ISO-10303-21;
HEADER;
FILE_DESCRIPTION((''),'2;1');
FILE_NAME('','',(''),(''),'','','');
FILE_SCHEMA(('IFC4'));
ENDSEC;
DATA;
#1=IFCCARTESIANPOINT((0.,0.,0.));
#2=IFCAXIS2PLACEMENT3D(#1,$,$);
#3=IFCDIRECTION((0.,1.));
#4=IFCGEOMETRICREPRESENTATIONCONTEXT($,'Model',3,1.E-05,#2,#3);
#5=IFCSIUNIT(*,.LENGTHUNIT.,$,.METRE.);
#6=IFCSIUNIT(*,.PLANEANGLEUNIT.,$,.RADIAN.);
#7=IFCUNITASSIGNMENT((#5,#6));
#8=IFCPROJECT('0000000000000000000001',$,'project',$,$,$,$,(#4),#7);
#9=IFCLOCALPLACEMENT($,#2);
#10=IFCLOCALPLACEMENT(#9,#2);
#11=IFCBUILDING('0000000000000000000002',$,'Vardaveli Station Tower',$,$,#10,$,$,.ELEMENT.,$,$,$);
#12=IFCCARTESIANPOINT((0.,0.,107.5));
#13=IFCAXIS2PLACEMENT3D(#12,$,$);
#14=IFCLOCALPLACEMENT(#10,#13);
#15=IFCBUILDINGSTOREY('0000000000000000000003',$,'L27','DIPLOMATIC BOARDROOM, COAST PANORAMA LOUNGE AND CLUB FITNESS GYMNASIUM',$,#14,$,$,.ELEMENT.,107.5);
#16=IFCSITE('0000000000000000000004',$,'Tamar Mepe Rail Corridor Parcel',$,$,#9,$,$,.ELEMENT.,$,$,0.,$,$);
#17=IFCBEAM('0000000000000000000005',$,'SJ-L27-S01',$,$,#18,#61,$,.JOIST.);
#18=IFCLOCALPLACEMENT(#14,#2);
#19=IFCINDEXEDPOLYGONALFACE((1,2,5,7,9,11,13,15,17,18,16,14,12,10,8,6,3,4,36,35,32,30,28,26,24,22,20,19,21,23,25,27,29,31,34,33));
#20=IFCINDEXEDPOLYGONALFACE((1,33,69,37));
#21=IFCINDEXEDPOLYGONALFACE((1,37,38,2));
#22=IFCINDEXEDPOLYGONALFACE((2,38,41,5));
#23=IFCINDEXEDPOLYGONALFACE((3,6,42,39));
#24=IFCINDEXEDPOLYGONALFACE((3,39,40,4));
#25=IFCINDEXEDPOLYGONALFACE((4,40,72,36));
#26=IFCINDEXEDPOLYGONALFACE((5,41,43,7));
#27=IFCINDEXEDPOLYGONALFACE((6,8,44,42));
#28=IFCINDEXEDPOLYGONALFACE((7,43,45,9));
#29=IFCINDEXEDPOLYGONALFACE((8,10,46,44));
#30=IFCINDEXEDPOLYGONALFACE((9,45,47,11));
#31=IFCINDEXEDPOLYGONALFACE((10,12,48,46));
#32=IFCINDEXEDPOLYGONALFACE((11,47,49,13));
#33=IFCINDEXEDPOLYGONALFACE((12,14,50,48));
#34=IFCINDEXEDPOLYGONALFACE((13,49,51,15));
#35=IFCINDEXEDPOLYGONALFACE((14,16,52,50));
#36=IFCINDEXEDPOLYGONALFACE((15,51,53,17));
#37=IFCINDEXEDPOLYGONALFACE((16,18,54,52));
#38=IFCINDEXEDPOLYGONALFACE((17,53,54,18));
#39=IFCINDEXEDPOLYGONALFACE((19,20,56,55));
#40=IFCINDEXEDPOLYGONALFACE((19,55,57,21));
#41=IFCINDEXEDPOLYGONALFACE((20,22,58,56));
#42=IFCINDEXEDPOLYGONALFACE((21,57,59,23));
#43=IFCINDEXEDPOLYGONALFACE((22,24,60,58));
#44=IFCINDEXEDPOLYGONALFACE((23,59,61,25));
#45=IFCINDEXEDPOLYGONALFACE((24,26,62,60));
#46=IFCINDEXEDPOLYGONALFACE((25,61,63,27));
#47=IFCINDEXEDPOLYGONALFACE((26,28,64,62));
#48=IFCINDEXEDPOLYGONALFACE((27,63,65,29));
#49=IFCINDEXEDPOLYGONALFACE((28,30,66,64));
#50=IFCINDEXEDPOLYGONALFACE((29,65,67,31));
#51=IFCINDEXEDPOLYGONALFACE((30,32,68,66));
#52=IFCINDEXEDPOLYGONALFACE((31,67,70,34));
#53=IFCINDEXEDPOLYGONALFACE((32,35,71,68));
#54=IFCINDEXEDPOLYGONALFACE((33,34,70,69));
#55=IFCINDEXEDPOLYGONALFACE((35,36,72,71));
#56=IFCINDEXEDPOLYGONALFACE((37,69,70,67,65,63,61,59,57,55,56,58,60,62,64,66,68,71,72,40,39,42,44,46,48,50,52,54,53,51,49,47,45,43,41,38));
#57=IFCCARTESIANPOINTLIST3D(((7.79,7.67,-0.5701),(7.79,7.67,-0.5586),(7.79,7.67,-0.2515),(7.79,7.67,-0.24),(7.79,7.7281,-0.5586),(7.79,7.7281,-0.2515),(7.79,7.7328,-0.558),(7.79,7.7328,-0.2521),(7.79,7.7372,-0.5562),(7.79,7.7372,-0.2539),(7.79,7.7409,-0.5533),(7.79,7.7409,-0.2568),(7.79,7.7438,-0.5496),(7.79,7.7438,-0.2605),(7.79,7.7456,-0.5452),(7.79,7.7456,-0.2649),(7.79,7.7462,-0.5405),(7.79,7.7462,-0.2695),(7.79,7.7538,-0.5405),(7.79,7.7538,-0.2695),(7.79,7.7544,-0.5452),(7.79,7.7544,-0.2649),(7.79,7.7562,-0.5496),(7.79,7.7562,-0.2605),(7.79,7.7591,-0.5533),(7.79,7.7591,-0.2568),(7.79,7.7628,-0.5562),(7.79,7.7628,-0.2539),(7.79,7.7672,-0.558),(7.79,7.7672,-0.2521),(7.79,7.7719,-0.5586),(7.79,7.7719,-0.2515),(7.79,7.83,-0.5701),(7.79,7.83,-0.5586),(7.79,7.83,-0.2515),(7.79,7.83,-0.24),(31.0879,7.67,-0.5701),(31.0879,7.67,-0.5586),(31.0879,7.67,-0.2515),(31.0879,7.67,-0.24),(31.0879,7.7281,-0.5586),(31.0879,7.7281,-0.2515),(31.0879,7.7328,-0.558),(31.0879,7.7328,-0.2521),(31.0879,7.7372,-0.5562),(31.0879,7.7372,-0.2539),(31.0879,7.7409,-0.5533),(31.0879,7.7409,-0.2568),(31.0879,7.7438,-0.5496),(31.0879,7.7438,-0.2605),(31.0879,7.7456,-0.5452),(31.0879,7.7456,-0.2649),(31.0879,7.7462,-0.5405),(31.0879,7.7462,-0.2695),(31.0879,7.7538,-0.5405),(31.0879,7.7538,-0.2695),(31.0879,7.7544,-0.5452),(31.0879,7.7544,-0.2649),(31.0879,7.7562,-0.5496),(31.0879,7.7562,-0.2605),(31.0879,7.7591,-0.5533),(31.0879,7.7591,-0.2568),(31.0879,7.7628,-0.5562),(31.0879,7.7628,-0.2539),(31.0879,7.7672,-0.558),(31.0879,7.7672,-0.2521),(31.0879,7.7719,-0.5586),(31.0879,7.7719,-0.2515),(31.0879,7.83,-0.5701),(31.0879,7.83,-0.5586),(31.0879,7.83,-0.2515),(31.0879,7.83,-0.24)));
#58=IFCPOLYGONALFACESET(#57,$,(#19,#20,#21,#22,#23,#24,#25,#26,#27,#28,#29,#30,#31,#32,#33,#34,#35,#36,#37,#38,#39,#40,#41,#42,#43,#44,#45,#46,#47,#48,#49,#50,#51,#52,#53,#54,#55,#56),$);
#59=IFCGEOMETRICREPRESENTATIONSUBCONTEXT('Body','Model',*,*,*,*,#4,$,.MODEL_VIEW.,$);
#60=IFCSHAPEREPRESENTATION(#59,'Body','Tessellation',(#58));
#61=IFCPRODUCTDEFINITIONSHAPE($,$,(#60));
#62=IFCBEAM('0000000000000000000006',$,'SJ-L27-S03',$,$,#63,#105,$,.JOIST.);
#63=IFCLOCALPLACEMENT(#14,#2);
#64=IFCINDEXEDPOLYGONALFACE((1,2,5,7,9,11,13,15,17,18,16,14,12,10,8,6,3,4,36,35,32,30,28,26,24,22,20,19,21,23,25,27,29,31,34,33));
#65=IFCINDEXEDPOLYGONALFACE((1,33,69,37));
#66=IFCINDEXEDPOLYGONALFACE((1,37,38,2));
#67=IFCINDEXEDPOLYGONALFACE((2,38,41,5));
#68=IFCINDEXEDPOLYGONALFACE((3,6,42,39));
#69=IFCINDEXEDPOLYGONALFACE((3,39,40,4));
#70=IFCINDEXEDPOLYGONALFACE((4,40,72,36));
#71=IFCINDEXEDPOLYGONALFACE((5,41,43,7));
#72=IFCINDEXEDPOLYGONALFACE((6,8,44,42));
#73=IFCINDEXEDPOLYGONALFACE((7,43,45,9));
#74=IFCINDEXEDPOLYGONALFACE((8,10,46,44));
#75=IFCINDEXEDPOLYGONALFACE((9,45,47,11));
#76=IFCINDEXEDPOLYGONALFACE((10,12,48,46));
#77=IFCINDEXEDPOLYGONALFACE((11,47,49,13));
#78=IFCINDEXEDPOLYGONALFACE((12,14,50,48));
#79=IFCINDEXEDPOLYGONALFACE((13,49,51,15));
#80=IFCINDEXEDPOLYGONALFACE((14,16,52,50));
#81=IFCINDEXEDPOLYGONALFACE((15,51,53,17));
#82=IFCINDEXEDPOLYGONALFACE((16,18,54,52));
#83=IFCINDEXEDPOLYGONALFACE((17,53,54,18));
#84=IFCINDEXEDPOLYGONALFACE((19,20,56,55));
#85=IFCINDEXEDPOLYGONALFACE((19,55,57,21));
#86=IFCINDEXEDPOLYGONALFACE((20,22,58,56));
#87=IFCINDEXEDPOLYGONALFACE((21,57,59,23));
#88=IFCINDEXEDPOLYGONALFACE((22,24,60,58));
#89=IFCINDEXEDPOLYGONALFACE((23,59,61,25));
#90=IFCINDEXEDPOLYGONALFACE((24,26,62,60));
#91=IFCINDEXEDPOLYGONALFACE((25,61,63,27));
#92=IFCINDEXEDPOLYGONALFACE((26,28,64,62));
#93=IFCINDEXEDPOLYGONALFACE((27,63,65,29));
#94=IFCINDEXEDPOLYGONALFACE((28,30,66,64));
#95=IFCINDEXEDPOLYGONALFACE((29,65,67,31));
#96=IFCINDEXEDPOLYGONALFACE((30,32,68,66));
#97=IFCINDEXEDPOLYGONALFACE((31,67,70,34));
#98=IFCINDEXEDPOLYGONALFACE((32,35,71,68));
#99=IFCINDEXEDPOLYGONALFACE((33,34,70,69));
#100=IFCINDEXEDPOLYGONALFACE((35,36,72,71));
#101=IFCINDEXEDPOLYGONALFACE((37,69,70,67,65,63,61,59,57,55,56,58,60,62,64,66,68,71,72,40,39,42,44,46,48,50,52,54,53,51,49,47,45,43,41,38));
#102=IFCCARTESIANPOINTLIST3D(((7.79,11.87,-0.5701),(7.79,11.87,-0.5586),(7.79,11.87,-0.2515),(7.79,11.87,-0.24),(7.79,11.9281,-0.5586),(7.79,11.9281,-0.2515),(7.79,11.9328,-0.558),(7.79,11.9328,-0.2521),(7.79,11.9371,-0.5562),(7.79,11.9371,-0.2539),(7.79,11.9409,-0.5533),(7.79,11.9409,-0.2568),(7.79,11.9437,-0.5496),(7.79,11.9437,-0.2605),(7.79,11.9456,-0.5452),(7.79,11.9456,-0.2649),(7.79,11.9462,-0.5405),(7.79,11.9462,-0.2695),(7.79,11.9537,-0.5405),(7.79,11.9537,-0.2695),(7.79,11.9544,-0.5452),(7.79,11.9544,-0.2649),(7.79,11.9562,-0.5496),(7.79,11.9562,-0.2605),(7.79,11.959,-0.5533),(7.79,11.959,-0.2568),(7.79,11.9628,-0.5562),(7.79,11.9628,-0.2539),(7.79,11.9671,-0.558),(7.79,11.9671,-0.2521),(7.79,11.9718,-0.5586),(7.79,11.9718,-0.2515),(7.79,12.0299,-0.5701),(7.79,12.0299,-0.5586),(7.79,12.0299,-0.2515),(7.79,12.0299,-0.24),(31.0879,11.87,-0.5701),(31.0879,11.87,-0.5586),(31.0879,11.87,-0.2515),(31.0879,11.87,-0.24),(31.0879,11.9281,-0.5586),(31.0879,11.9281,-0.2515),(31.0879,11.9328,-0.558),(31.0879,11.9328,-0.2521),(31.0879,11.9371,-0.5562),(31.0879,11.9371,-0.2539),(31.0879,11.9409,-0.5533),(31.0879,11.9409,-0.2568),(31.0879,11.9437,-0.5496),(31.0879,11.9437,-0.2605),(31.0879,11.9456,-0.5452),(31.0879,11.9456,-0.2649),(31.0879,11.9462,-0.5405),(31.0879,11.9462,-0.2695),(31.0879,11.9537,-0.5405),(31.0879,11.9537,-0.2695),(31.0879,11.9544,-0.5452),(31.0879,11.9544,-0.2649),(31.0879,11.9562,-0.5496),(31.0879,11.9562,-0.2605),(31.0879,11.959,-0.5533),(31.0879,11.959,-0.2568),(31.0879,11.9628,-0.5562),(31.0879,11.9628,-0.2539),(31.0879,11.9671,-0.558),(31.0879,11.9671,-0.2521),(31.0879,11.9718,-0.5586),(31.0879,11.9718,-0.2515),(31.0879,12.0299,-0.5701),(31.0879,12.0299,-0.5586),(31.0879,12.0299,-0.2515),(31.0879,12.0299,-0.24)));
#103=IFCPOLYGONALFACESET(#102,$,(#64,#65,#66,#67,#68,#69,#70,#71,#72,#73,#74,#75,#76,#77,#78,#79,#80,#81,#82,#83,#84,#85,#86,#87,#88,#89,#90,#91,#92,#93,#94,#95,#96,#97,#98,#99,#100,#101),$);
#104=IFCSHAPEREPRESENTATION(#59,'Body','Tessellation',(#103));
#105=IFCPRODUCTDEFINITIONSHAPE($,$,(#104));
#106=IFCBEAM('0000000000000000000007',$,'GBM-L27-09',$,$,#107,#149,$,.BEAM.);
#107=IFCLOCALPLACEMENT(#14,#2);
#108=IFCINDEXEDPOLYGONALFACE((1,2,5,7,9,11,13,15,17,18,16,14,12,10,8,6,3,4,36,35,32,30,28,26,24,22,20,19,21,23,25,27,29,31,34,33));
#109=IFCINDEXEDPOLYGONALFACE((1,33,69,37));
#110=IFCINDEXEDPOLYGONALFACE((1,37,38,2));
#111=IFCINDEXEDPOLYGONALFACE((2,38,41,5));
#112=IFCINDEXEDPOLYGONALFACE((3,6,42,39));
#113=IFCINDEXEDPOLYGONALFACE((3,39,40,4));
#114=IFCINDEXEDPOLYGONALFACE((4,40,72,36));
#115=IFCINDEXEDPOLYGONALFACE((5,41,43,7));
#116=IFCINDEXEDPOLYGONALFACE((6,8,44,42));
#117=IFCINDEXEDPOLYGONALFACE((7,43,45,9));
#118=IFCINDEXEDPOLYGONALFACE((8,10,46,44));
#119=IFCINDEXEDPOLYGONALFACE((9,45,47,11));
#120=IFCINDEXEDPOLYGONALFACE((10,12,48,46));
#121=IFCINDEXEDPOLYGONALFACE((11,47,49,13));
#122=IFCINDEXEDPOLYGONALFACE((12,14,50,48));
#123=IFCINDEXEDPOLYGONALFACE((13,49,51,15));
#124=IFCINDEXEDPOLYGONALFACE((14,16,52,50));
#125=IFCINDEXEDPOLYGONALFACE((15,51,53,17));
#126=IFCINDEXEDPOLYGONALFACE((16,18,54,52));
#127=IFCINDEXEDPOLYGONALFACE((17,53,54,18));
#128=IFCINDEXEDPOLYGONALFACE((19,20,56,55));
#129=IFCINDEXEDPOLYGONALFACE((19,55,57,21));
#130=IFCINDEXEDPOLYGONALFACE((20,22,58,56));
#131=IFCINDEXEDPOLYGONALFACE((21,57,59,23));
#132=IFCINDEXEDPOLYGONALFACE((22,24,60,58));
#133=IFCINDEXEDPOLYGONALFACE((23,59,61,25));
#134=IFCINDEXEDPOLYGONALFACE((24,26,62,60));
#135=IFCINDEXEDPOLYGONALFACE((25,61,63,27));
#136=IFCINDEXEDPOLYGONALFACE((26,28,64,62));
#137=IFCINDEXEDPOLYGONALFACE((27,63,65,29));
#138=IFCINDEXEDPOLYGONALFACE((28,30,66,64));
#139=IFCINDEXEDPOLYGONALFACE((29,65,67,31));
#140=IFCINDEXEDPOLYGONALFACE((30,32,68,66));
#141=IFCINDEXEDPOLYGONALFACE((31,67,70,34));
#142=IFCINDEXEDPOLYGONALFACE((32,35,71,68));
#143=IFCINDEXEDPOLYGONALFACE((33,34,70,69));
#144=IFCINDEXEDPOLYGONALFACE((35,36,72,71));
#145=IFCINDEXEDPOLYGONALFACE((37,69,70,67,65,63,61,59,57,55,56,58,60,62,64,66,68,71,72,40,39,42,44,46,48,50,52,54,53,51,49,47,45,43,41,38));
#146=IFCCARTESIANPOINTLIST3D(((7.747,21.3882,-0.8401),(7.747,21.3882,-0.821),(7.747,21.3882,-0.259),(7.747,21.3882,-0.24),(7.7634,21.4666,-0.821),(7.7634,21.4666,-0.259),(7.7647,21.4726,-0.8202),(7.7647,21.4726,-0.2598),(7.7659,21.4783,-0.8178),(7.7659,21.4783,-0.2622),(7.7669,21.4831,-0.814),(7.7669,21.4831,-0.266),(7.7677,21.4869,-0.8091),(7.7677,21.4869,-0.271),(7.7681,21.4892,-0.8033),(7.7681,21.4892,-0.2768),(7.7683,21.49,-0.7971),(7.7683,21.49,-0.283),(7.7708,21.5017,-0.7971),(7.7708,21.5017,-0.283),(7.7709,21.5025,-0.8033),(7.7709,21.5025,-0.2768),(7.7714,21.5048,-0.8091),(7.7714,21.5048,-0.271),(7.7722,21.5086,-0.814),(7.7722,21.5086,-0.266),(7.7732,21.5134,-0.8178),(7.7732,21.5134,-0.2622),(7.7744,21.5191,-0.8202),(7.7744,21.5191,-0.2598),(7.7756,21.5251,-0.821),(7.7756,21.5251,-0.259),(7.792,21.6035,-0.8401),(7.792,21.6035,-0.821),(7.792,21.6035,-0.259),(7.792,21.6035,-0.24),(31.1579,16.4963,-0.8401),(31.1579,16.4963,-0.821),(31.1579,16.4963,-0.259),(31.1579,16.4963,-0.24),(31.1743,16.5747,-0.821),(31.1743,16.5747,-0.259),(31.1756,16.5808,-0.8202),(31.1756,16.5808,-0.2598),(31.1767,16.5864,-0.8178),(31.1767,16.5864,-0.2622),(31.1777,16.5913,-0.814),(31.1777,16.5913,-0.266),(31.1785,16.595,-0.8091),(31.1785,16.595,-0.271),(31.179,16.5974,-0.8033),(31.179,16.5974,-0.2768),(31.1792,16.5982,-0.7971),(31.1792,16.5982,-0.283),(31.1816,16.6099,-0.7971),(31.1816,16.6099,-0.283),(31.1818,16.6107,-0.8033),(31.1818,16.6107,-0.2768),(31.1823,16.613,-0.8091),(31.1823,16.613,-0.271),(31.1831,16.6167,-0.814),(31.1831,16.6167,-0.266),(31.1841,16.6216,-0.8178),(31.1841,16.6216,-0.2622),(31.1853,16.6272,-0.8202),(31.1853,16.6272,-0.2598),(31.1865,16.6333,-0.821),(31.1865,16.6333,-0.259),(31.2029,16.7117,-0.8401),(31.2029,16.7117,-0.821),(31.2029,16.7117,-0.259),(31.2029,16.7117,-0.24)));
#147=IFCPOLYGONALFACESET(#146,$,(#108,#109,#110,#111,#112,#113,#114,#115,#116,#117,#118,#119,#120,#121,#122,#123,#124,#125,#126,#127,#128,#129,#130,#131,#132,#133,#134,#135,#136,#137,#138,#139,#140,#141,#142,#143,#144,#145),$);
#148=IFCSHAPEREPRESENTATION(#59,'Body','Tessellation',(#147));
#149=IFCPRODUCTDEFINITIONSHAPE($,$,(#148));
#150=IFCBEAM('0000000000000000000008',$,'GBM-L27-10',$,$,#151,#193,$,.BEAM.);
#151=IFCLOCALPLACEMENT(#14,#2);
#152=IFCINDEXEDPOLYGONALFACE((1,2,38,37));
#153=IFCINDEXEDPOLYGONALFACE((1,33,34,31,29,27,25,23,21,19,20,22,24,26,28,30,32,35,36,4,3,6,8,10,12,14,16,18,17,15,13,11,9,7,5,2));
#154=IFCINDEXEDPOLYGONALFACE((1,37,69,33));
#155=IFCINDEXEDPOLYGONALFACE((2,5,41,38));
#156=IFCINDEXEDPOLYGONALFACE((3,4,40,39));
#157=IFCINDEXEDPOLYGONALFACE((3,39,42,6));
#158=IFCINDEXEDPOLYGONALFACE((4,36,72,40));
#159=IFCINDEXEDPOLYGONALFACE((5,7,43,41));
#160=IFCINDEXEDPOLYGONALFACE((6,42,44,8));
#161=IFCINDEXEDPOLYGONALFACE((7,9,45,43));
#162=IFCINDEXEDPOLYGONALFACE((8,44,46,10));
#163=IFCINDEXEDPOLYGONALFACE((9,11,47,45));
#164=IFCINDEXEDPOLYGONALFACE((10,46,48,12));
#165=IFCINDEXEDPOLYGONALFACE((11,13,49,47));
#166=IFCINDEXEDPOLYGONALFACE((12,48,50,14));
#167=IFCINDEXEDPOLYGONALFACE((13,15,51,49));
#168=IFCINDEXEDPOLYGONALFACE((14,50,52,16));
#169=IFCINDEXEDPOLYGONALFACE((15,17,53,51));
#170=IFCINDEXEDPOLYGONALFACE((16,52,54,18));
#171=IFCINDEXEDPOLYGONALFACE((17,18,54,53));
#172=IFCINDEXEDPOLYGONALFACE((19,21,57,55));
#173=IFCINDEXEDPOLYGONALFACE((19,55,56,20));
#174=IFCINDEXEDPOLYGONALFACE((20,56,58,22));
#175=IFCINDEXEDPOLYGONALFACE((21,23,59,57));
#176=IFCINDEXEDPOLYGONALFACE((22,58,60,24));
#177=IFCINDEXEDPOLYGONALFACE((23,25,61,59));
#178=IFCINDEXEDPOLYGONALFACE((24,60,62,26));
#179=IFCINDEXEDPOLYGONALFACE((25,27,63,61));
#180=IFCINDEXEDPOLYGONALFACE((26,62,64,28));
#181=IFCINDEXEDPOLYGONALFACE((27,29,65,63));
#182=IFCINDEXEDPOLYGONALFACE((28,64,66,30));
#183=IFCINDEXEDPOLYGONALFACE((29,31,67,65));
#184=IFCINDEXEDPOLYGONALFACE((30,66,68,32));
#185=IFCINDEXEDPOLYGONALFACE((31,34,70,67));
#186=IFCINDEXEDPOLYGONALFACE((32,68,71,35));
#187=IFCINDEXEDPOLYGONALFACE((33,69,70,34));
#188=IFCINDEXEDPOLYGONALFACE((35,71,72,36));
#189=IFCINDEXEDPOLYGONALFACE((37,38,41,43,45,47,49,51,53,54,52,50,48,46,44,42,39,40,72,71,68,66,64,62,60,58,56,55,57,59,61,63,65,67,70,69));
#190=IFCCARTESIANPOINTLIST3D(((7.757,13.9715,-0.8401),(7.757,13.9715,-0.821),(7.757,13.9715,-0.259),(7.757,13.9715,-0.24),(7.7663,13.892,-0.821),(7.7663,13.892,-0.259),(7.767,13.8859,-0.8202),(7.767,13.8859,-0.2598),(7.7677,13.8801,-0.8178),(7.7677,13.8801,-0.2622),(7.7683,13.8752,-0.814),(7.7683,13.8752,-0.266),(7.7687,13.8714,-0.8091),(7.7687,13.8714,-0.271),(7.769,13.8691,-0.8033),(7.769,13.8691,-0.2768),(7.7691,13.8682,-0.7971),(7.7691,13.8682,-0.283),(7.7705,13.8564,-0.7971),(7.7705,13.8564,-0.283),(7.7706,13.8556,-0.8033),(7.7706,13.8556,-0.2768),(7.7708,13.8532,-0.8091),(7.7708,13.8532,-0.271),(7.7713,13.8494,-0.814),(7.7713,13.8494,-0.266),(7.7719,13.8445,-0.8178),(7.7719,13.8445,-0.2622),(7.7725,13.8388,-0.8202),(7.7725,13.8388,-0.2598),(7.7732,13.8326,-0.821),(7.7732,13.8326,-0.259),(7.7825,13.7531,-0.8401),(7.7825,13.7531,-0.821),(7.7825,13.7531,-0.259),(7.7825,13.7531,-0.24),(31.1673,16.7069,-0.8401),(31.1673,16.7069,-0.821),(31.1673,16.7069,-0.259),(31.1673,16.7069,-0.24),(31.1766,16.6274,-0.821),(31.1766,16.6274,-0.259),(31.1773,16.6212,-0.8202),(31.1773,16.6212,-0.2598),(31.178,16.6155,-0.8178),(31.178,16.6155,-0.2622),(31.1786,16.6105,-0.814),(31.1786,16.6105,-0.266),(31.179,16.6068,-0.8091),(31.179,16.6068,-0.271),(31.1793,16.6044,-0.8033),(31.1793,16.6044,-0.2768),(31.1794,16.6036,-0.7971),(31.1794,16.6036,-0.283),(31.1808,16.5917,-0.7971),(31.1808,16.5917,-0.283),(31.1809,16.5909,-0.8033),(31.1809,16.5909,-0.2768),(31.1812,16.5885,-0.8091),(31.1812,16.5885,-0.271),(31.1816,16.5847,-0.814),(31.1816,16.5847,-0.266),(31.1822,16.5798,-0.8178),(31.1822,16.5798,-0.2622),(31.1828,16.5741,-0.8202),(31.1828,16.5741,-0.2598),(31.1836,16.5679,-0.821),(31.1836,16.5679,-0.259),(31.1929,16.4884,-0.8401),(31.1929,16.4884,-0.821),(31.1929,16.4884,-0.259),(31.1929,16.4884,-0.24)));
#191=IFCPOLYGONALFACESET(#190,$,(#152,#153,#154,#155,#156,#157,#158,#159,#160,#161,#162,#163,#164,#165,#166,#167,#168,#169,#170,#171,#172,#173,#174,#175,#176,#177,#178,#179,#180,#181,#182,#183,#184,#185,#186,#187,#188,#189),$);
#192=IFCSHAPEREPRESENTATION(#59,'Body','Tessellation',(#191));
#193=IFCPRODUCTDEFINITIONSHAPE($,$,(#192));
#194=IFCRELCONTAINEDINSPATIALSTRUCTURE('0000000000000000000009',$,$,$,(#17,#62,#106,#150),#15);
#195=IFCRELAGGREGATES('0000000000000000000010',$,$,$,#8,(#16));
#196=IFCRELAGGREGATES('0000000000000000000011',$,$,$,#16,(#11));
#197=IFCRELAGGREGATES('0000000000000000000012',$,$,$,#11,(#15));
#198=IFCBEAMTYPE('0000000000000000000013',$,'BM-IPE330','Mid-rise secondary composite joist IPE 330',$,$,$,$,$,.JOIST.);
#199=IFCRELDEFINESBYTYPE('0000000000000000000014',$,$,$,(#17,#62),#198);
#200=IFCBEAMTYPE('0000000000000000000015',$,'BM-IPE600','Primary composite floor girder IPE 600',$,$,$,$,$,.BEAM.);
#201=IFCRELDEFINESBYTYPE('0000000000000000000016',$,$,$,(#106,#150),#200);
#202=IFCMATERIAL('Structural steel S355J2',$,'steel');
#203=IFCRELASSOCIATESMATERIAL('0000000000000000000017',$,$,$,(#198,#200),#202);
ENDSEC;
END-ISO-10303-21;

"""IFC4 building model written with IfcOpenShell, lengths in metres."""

from ifc_helpers import new_model, si_unit, direction, frame, origin, origin_2d, place, context, subcontext, project, spatial, i_section, extrude, source, transform, mapped, material, material_profile, profile_set, type_object, element, save


model = new_model("IFC4")

# Units and contexts
model_context = context("Model", 3, precision=1e-05, world=origin(), true_north=direction((0.0, 1.0)))
body_context = subcontext(model_context, "Body", "Model", "MODEL_VIEW")
ifc_project = project(units=[si_unit("LENGTHUNIT", "METRE"), si_unit("PLANEANGLEUNIT", "RADIAN")], contexts=[model_context])

# Site, building, storey
site_placement = place(None, origin())
site = spatial("IfcSite", under=ifc_project, at=site_placement, Name="Tamar Mepe Rail Corridor Parcel", CompositionType="ELEMENT", RefElevation=0.0)
building_placement = place(site_placement, origin())
building = spatial("IfcBuilding", under=site, at=building_placement, Name="Vardaveli Station Tower", CompositionType="ELEMENT")
storey_placement = place(building_placement, frame((0.0, 0.0, 107.5)))
storey = spatial("IfcBuildingStorey", under=building, at=storey_placement, Name="L27", Description="DIPLOMATIC BOARDROOM, COAST PANORAMA LOUNGE AND CLUB FITNESS GYMNASIUM", CompositionType="ELEMENT", Elevation=107.5)

# Beams
ifc_material_1 = material(Name="Structural steel S355J2", Category="steel")
ifc_material_profile_1 = material_profile(ifc_material_1, i_section(OverallWidth=0.1599, OverallDepth=0.3301, WebThickness=0.0076, FlangeThickness=0.0115, FilletRadius=0.0181, at=origin_2d()), Name="IPE 330")
ifc_profile_set_1 = profile_set([ifc_material_profile_1], Name="Structural steel S355J2")
beam_type_1 = type_object("IfcBeamType", Name="BM-IPE330", Description="Mid-rise secondary composite joist IPE 330", PredefinedType="JOIST", material=ifc_profile_set_1)
shared_shape_1 = source(origin(), body_context, "Body", "SweptSolid", [
    extrude(i_section(OverallWidth=0.1599, OverallDepth=0.3301, WebThickness=0.0076, FlangeThickness=0.0115, FilletRadius=0.0181, at=origin_2d()), origin(), (0.0, 0.0, 1.0), 23.2979),
])
for number, where, z_axis, x_axis, name in (
    (1, (7.79, 7.75, -0.405), (1.0, 0.0, 0.0), (0.0, 1.0, 0.0), "SJ-L27-S01"),
    (2, (7.79, 11.95, -0.405), (1.0, 0.0, 0.0), (0.0, 1.0, 0.0), "SJ-L27-S03"),
):
    element("IfcBeam", number, at=place(storey_placement, frame(where, z_axis=z_axis, x_axis=x_axis)), inside=storey, type_object=beam_type_1, Name=name, PredefinedType="JOIST", context=body_context, shape_type="MappedRepresentation", body=[
        mapped(shared_shape_1, transform((0.0, 0.0, 0.0), scale=1.0)),
    ])
ifc_material_profile_2 = material_profile(ifc_material_1, i_section(OverallWidth=0.22, OverallDepth=0.6001, WebThickness=0.012, FlangeThickness=0.019, FilletRadius=0.0239, at=origin_2d()), Name="IPE 600")
ifc_profile_set_2 = profile_set([ifc_material_profile_2], Name="Structural steel S355J2")
beam_type_2 = type_object("IfcBeamType", Name="BM-IPE600", Description="Primary composite floor girder IPE 600", PredefinedType="BEAM", material=ifc_profile_set_2)
shared_shape_2 = source(origin(), body_context, "Body", "SweptSolid", [
    extrude(i_section(OverallWidth=0.22, OverallDepth=0.6001, WebThickness=0.012, FlangeThickness=0.019, FilletRadius=0.0239, at=origin_2d()), origin(), (0.0, 0.0, 1.0), 23.9165),
])
beam_1_placement = place(storey_placement, frame((7.7695, 21.4958, -0.54), z_axis=(0.978859, -0.204538, 0.0), x_axis=(0.204538, 0.978859, 0.0)))
element("IfcBeam", 3, at=beam_1_placement, inside=storey, type_object=beam_type_2, Name="GBM-L27-09", PredefinedType="BEAM", context=body_context, shape_type="MappedRepresentation", body=[
    mapped(shared_shape_2, transform((0.0, 0.0, 0.0), scale=1.0)),
])
shared_shape_3 = source(origin(), body_context, "Body", "SweptSolid", [
    extrude(i_section(OverallWidth=0.22, OverallDepth=0.6001, WebThickness=0.012, FlangeThickness=0.019, FilletRadius=0.0239, at=origin_2d()), origin(), (0.0, 0.0, 1.0), 23.5696),
])
beam_2_placement = place(storey_placement, frame((7.7698, 13.8623, -0.54), z_axis=(0.993243, 0.116054, 0.0), x_axis=(-0.116054, 0.993243, 0.0)))
element("IfcBeam", 4, at=beam_2_placement, inside=storey, type_object=beam_type_2, Name="GBM-L27-10", PredefinedType="BEAM", context=body_context, shape_type="MappedRepresentation", body=[
    mapped(shared_shape_3, transform((0.0, 0.0, 0.0), scale=1.0)),
])

save(model, "model.ifc")
